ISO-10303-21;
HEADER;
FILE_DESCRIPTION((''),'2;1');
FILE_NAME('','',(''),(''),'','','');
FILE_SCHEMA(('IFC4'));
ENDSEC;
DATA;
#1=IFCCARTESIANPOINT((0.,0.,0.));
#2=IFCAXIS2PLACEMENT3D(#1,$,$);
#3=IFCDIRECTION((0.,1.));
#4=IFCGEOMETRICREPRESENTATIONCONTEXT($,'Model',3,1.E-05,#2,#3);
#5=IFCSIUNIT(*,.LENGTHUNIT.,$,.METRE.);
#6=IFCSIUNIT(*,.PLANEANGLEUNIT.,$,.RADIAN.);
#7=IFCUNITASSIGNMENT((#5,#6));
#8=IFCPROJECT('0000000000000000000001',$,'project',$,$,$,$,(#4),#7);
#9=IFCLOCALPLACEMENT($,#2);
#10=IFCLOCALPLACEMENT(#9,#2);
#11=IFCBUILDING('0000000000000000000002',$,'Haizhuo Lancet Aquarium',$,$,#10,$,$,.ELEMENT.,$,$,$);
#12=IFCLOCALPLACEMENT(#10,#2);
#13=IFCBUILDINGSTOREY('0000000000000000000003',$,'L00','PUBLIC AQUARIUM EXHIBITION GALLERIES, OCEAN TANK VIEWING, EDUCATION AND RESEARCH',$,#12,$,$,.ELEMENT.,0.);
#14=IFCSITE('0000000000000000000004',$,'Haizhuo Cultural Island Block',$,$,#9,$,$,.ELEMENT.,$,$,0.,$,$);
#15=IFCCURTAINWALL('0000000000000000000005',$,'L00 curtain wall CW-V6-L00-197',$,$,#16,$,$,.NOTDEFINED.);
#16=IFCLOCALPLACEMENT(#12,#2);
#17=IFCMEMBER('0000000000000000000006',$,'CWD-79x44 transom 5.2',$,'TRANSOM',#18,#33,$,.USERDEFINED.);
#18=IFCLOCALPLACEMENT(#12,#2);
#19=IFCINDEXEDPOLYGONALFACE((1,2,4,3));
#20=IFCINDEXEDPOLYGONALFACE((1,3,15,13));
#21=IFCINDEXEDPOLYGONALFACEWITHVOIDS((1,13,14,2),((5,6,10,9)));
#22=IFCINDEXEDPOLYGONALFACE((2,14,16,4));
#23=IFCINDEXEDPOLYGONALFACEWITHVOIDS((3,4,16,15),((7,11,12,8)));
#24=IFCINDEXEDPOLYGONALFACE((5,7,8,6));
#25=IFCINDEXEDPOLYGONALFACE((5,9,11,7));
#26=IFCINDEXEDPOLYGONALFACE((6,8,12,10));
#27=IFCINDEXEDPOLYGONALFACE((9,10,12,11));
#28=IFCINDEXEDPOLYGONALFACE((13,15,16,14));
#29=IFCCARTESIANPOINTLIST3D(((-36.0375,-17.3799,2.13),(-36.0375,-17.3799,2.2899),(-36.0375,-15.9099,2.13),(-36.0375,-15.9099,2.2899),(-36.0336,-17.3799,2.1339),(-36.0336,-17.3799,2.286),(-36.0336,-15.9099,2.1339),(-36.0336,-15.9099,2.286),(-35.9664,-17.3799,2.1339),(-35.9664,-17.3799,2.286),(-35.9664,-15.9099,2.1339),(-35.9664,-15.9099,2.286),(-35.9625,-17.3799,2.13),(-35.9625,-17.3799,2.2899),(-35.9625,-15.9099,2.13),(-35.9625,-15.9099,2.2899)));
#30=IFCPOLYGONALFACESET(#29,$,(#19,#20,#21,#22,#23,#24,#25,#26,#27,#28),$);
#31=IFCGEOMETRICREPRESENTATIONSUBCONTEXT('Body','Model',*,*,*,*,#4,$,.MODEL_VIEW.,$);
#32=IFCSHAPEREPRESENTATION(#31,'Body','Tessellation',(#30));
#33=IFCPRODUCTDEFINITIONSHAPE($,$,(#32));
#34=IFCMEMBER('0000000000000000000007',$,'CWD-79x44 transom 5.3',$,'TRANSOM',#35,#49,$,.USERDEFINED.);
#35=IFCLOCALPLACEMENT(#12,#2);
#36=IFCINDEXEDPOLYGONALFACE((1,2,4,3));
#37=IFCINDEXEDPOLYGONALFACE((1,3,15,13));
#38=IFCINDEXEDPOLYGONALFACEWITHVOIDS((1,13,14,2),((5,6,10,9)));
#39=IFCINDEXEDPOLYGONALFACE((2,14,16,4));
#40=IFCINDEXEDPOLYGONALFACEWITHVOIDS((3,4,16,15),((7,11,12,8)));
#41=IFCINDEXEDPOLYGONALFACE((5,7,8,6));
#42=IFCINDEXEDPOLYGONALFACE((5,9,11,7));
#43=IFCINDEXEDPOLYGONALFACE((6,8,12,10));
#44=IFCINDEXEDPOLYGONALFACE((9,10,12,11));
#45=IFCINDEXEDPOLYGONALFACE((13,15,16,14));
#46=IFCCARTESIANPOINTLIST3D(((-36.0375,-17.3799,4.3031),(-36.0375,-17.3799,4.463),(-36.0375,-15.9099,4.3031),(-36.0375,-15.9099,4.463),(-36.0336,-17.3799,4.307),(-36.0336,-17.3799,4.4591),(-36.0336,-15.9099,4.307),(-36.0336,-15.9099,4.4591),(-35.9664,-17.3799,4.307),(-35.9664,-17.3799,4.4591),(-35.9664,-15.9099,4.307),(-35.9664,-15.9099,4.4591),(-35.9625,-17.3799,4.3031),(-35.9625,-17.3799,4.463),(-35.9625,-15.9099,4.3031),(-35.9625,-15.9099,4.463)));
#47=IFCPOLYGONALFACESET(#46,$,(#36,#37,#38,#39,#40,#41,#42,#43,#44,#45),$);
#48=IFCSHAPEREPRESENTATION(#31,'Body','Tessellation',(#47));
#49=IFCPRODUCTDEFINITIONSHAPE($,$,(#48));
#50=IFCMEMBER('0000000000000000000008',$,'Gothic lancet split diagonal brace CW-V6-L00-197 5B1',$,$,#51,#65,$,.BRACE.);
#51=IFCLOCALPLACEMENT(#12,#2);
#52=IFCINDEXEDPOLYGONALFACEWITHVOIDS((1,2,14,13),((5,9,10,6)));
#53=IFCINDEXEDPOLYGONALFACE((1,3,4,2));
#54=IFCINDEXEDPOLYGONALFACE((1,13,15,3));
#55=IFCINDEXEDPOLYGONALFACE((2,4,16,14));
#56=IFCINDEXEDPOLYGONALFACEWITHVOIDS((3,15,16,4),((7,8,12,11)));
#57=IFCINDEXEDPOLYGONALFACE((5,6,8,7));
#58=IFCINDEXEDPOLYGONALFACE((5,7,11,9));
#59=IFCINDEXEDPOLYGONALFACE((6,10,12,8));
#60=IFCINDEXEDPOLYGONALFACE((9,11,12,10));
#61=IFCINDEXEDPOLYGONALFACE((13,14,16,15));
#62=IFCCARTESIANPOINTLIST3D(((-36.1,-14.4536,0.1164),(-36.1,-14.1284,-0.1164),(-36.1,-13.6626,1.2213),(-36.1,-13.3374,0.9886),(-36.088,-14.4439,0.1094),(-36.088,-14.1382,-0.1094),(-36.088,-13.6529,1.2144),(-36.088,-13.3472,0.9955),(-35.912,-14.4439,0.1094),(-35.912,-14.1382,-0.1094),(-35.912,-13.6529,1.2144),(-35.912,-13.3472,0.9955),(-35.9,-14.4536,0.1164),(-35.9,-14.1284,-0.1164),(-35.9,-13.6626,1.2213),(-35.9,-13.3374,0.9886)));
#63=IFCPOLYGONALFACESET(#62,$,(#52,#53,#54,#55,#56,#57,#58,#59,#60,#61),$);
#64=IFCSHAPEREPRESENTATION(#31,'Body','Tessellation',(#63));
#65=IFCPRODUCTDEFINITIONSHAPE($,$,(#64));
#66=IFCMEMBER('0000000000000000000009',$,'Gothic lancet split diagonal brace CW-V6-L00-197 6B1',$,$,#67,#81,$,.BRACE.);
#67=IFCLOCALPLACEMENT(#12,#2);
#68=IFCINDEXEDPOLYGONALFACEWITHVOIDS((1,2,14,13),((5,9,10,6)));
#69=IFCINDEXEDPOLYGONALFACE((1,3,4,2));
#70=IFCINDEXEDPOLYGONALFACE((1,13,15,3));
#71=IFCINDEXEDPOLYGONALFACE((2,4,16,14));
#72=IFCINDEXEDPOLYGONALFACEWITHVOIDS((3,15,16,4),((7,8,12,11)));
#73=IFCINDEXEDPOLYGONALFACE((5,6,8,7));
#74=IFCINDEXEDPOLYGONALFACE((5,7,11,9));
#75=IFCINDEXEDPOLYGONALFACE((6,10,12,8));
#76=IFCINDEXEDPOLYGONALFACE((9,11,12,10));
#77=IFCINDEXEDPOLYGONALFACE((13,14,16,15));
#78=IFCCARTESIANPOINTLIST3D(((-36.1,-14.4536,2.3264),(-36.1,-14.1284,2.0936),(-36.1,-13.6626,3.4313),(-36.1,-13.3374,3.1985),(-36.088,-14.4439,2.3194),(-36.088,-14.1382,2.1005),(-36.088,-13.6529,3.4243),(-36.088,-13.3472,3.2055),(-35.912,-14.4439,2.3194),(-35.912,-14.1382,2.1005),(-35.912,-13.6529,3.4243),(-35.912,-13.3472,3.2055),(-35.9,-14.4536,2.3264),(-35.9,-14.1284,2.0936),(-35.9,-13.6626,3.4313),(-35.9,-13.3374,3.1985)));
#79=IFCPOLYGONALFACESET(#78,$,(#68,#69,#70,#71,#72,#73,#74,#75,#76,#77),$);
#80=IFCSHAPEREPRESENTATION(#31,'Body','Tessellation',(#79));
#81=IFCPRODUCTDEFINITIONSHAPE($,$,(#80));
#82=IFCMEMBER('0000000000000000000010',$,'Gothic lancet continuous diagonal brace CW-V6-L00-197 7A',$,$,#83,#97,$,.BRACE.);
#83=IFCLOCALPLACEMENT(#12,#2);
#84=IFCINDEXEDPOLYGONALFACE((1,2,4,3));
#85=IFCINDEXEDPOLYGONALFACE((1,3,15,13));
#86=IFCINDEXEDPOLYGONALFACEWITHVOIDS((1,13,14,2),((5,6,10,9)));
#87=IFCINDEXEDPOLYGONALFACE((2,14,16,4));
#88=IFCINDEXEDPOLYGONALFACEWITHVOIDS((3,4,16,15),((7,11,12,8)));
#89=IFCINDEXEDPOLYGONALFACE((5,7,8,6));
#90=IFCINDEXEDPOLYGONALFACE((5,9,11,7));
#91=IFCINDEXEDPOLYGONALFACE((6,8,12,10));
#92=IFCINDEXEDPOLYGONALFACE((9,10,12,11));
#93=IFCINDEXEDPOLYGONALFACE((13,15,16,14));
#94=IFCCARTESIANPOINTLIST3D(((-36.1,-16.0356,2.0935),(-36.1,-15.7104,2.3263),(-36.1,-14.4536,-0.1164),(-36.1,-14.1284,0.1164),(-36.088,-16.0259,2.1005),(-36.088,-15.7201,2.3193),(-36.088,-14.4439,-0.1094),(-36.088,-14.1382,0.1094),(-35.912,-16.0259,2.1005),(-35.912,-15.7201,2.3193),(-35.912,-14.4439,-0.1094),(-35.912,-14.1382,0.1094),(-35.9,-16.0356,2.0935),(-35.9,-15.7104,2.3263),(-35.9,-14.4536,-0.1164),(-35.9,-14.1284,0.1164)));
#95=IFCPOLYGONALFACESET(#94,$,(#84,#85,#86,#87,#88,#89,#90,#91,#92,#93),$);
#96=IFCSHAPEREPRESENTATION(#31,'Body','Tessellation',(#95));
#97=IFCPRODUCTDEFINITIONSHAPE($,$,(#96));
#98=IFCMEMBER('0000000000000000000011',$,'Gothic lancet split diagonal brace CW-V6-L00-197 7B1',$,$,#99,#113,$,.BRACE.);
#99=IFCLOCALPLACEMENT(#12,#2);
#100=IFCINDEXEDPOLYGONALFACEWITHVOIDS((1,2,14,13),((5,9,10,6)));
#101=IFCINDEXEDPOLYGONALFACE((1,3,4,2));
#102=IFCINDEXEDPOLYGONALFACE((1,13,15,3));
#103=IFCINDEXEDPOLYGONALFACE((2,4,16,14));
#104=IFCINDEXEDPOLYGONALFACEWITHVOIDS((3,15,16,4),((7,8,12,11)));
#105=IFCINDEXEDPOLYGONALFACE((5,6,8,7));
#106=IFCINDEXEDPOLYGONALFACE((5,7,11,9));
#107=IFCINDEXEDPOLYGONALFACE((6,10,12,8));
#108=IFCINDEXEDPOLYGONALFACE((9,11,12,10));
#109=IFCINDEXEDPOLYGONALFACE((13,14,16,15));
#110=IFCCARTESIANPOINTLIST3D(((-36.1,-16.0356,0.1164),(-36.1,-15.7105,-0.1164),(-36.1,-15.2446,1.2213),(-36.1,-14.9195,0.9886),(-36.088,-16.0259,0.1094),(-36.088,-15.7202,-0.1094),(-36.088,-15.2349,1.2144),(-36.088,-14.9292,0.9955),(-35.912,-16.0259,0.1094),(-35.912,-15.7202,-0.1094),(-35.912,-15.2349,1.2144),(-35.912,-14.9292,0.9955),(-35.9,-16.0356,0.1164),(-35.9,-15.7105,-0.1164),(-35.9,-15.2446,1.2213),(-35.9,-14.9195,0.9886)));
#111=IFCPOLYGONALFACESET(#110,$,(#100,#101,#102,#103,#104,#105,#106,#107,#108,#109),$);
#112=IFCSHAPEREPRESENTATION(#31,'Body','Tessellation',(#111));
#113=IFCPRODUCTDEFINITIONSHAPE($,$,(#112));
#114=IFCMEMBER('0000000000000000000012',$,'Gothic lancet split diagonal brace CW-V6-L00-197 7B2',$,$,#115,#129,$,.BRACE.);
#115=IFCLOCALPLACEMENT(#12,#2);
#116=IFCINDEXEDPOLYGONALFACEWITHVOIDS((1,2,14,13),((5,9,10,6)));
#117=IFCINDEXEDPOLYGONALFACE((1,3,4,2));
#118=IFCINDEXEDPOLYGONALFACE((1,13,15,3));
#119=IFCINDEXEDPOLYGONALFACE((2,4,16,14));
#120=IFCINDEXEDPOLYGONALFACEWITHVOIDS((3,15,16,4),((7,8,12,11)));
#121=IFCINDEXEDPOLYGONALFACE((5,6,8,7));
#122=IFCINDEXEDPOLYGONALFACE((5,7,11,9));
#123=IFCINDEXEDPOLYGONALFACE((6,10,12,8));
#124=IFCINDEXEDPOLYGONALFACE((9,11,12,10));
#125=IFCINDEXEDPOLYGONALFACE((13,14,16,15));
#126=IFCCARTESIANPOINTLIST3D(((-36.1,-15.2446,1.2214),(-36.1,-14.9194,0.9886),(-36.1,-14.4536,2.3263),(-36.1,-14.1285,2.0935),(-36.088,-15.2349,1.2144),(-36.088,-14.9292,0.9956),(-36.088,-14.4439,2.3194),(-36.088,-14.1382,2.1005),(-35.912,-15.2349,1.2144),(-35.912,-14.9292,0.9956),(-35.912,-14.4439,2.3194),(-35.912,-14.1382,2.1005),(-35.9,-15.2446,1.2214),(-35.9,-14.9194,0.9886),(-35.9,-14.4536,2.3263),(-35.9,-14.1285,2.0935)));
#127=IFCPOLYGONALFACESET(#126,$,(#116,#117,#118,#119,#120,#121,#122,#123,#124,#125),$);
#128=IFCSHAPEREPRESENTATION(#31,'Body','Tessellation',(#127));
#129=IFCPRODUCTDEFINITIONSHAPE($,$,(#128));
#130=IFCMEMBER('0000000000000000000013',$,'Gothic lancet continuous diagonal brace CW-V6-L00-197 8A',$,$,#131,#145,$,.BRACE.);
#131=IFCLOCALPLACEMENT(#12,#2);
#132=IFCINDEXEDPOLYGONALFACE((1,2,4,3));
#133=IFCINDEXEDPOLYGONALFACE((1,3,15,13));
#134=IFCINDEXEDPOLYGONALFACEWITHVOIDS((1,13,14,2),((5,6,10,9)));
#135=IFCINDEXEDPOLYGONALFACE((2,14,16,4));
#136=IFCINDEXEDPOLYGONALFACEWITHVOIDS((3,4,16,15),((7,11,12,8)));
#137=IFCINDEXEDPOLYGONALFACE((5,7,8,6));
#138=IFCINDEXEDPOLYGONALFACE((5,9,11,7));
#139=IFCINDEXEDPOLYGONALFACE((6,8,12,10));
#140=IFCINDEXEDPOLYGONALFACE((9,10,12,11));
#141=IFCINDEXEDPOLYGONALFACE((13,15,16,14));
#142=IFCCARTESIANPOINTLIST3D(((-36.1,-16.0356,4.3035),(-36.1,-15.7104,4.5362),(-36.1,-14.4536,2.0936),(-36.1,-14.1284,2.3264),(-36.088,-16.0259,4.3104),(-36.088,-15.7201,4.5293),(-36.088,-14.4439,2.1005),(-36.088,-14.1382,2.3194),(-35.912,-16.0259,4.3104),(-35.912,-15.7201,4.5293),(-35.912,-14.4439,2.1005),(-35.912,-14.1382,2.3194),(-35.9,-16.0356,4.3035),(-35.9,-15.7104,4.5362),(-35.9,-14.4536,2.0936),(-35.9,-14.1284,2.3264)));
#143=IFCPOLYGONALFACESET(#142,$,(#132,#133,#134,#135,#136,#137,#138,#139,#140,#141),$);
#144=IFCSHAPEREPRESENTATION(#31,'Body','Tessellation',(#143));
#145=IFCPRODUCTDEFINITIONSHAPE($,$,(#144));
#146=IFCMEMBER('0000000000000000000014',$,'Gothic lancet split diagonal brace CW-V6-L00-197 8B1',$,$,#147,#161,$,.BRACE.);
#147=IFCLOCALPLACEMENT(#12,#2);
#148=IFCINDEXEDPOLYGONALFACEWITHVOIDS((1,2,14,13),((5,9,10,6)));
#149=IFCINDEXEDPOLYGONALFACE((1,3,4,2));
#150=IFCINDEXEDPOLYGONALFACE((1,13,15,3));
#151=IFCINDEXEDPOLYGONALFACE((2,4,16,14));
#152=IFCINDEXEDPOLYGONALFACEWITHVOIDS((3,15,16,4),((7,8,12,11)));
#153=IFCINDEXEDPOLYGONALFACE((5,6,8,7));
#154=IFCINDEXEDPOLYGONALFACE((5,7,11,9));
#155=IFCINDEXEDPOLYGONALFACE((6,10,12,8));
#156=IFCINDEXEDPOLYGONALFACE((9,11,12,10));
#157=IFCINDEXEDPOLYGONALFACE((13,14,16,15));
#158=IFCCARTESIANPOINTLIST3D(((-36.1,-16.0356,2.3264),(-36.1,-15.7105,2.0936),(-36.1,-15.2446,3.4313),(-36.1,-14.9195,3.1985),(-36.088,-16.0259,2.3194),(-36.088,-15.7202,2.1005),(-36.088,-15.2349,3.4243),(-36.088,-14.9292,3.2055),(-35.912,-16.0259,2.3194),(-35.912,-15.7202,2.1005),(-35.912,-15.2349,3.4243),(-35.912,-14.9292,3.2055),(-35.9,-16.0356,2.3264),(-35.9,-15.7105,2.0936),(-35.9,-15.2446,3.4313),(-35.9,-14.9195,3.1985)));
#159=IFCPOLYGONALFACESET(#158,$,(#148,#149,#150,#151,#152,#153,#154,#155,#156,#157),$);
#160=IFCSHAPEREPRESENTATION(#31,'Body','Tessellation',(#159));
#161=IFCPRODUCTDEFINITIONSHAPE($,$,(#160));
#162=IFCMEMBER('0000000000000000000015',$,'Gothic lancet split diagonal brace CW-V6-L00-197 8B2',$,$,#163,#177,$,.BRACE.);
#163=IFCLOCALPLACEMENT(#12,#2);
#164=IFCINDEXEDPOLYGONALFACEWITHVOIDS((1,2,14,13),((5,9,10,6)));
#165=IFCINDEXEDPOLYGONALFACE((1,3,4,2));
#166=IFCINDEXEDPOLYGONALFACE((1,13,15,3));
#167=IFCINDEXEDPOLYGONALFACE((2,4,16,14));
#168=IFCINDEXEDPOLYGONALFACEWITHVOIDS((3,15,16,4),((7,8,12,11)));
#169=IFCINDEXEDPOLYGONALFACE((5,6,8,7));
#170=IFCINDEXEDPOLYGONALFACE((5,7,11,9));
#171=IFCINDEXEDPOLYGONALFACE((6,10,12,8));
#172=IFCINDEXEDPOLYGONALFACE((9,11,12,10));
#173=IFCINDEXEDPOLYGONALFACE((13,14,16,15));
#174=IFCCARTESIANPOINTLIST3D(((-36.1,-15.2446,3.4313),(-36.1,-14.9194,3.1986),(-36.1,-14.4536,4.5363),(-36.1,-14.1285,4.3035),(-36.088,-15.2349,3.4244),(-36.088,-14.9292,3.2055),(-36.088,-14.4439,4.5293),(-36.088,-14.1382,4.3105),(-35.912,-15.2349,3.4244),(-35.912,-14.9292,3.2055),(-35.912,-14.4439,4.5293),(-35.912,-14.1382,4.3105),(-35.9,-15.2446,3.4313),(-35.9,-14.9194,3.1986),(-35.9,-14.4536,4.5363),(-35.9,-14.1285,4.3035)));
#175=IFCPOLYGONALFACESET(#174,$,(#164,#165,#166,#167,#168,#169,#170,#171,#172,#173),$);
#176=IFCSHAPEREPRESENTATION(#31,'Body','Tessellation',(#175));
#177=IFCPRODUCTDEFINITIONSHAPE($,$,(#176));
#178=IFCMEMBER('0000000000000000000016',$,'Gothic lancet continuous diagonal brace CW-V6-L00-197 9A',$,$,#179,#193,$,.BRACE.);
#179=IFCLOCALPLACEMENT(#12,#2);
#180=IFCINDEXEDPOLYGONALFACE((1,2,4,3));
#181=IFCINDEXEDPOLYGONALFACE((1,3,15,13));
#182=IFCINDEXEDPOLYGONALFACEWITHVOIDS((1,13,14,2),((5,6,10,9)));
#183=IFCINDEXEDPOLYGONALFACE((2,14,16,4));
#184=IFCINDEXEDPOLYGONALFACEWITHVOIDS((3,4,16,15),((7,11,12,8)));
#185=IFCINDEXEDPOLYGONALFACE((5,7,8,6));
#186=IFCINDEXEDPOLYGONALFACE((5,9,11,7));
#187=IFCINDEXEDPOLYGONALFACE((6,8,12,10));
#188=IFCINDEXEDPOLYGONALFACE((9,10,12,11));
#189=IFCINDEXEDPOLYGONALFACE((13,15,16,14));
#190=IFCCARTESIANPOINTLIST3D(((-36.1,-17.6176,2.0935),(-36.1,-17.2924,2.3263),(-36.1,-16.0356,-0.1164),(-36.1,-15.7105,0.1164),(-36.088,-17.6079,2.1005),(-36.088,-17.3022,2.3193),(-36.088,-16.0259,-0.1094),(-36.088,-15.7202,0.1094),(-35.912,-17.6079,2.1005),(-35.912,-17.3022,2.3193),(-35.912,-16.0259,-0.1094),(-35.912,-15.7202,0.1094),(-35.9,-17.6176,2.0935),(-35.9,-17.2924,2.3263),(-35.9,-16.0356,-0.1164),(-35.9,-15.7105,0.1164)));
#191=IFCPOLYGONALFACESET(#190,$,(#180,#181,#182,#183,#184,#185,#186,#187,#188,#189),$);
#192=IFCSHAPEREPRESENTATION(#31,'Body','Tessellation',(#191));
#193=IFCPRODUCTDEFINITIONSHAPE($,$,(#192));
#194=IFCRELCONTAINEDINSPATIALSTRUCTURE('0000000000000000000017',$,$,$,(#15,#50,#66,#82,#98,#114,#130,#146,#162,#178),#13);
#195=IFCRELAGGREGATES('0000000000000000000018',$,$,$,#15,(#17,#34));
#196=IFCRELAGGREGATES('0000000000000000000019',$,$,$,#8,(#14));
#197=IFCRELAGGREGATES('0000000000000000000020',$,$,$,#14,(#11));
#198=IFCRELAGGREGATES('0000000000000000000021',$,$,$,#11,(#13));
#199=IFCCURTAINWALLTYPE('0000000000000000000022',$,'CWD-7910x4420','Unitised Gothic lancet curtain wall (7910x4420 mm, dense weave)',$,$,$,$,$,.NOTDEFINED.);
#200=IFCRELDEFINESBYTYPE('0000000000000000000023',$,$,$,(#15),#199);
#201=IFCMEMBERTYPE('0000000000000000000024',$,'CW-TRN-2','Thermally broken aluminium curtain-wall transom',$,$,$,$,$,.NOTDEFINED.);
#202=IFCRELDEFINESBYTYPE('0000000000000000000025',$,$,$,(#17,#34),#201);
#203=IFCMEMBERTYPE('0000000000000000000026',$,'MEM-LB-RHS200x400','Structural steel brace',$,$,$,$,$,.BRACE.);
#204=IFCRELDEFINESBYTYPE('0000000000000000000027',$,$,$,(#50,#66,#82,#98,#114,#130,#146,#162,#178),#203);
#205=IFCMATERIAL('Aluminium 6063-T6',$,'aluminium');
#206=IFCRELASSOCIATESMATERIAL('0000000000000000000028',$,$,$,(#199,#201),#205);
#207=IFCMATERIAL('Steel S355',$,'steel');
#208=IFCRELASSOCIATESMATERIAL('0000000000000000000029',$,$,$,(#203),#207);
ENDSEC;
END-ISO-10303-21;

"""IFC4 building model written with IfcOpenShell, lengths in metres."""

from ifc_helpers import new_model, si_unit, direction, frame, origin, origin_2d, place, context, subcontext, project, spatial, hollow_rectangle, extrude, material, material_profile, profile_set, type_object, element, aggregate, save


model = new_model("IFC4")

# Units and contexts
model_context = context("Model", 3, precision=1e-05, world=origin(), true_north=direction((0.0, 1.0)))
body_context = subcontext(model_context, "Body", "Model", "MODEL_VIEW")
ifc_project = project(units=[si_unit("LENGTHUNIT", "METRE"), si_unit("PLANEANGLEUNIT", "RADIAN")], contexts=[model_context])

# Site, building, storey
site_placement = place(None, origin())
site = spatial("IfcSite", under=ifc_project, at=site_placement, Name="Haizhuo Cultural Island Block", CompositionType="ELEMENT", RefElevation=0.0)
building_placement = place(site_placement, origin())
building = spatial("IfcBuilding", under=site, at=building_placement, Name="Haizhuo Lancet Aquarium", CompositionType="ELEMENT")
storey_placement = place(building_placement, origin())
storey = spatial("IfcBuildingStorey", under=building, at=storey_placement, Name="L00", Description="PUBLIC AQUARIUM EXHIBITION GALLERIES, OCEAN TANK VIEWING, EDUCATION AND RESEARCH", CompositionType="ELEMENT", Elevation=0.0)

# Shared definitions
ifc_material_1 = material(Name="Steel S355", Category="steel")

# Curtain wall, members
ifc_material_2 = material(Name="Aluminium 6063-T6", Category="aluminium")
curtain_wall_type = type_object("IfcCurtainWallType", Name="CWD-7910x4420", Description="Unitised Gothic lancet curtain wall (7910x4420 mm, dense weave)", PredefinedType="NOTDEFINED", material=ifc_material_2)
curtain_wall_placement = place(storey_placement, origin())
curtain_wall = element("IfcCurtainWall", 1, at=curtain_wall_placement, inside=storey, type_object=curtain_wall_type, Name="L00 curtain wall CW-V6-L00-197", PredefinedType="NOTDEFINED")
ifc_material_profile_1 = material_profile(ifc_material_2, hollow_rectangle(XDim=0.075, YDim=0.1599, WallThickness=0.0039, at=origin_2d()), Name="ALU-T 75x160x4")
ifc_profile_set_1 = profile_set([ifc_material_profile_1], Name="Aluminium 6063-T6")
member_type_1 = type_object("IfcMemberType", Name="CW-TRN-2", Description="Thermally broken aluminium curtain-wall transom", PredefinedType="NOTDEFINED", material=ifc_profile_set_1)
member_1_placement = place(storey_placement, frame((-36.0, -15.9099, 2.21), z_axis=(0.0, -1.0, 0.0), x_axis=(1.0, 0.0, 0.0)))
member_1 = element("IfcMember", 2, at=member_1_placement, type_object=member_type_1, Name="CWD-79x44 transom 5.2", ObjectType="TRANSOM", PredefinedType="USERDEFINED", context=body_context, shape_type="SweptSolid", body=[
    extrude(hollow_rectangle(XDim=0.075, YDim=0.1599, WallThickness=0.0039, at=origin_2d()), origin(), (0.0, 0.0, 1.0), 1.47),
])
member_2_placement = place(storey_placement, frame((-36.0, -15.9099, 4.3831), z_axis=(0.0, -1.0, 0.0), x_axis=(1.0, 0.0, 0.0)))
member_2 = element("IfcMember", 3, at=member_2_placement, type_object=member_type_1, Name="CWD-79x44 transom 5.3", ObjectType="TRANSOM", PredefinedType="USERDEFINED", context=body_context, shape_type="SweptSolid", body=[
    extrude(hollow_rectangle(XDim=0.075, YDim=0.1599, WallThickness=0.0039, at=origin_2d()), origin(), (0.0, 0.0, 1.0), 1.47),
])

# Members
ifc_material_profile_2 = material_profile(ifc_material_1, hollow_rectangle(XDim=0.2, YDim=0.3999, WallThickness=0.012, at=origin_2d()), Name="RHS 200x400x12")
ifc_profile_set_2 = profile_set([ifc_material_profile_2], Name="Steel S355")
member_type_2 = type_object("IfcMemberType", Name="MEM-LB-RHS200x400", Description="Structural steel brace", PredefinedType="BRACE", material=ifc_profile_set_2)
for number, where, z_axis, x_axis, name in (
    (4, (-36.0, -14.291, 0.0), (0.0, 0.582088, 0.813126), (-1.0, 0.0, 0.0), "Gothic lancet split diagonal brace CW-V6-L00-197 5B1"),
    (5, (-36.0, -14.291, 2.21), (0.0, 0.582088, 0.813126), (-1.0, 0.0, 0.0), "Gothic lancet split diagonal brace CW-V6-L00-197 6B1"),
):
    element("IfcMember", number, at=place(storey_placement, frame(where, z_axis=z_axis, x_axis=x_axis)), inside=storey, type_object=member_type_2, Name=name, PredefinedType="BRACE", context=body_context, shape_type="SweptSolid", body=[
        extrude(hollow_rectangle(XDim=0.2, YDim=0.3999, WallThickness=0.012, at=origin_2d()), origin(), (0.0, 0.0, 1.0), 1.3589),
    ])
member_3_placement = place(storey_placement, frame((-36.0, -14.291, 0.0), z_axis=(0.0, -0.582088, 0.813126), x_axis=(1.0, 0.0, 0.0)))
element("IfcMember", 6, at=member_3_placement, inside=storey, type_object=member_type_2, Name="Gothic lancet continuous diagonal brace CW-V6-L00-197 7A", PredefinedType="BRACE", context=body_context, shape_type="SweptSolid", body=[
    extrude(hollow_rectangle(XDim=0.2, YDim=0.3999, WallThickness=0.012, at=origin_2d()), origin(), (0.0, 0.0, 1.0), 2.7178),
])
for number, where, z_axis, x_axis, name in (
    (7, (-36.0, -15.873, 0.0), (0.0, 0.582088, 0.813126), (-1.0, 0.0, 0.0), "Gothic lancet split diagonal brace CW-V6-L00-197 7B1"),
    (8, (-36.0, -15.082, 1.105), (0.0, 0.582088, 0.813126), (-1.0, 0.0, 0.0), "Gothic lancet split diagonal brace CW-V6-L00-197 7B2"),
):
    element("IfcMember", number, at=place(storey_placement, frame(where, z_axis=z_axis, x_axis=x_axis)), inside=storey, type_object=member_type_2, Name=name, PredefinedType="BRACE", context=body_context, shape_type="SweptSolid", body=[
        extrude(hollow_rectangle(XDim=0.2, YDim=0.3999, WallThickness=0.012, at=origin_2d()), origin(), (0.0, 0.0, 1.0), 1.3589),
    ])
member_4_placement = place(storey_placement, frame((-36.0, -14.291, 2.21), z_axis=(0.0, -0.582088, 0.813126), x_axis=(1.0, 0.0, 0.0)))
element("IfcMember", 9, at=member_4_placement, inside=storey, type_object=member_type_2, Name="Gothic lancet continuous diagonal brace CW-V6-L00-197 8A", PredefinedType="BRACE", context=body_context, shape_type="SweptSolid", body=[
    extrude(hollow_rectangle(XDim=0.2, YDim=0.3999, WallThickness=0.012, at=origin_2d()), origin(), (0.0, 0.0, 1.0), 2.7178),
])
for number, where, z_axis, x_axis, name in (
    (10, (-36.0, -15.873, 2.21), (0.0, 0.582088, 0.813126), (-1.0, 0.0, 0.0), "Gothic lancet split diagonal brace CW-V6-L00-197 8B1"),
    (11, (-36.0, -15.082, 3.3149), (0.0, 0.582088, 0.813126), (-1.0, 0.0, 0.0), "Gothic lancet split diagonal brace CW-V6-L00-197 8B2"),
):
    element("IfcMember", number, at=place(storey_placement, frame(where, z_axis=z_axis, x_axis=x_axis)), inside=storey, type_object=member_type_2, Name=name, PredefinedType="BRACE", context=body_context, shape_type="SweptSolid", body=[
        extrude(hollow_rectangle(XDim=0.2, YDim=0.3999, WallThickness=0.012, at=origin_2d()), origin(), (0.0, 0.0, 1.0), 1.3589),
    ])
member_5_placement = place(storey_placement, frame((-36.0, -15.873, 0.0), z_axis=(0.0, -0.582088, 0.813126), x_axis=(1.0, 0.0, 0.0)))
element("IfcMember", 12, at=member_5_placement, inside=storey, type_object=member_type_2, Name="Gothic lancet continuous diagonal brace CW-V6-L00-197 9A", PredefinedType="BRACE", context=body_context, shape_type="SweptSolid", body=[
    extrude(hollow_rectangle(XDim=0.2, YDim=0.3999, WallThickness=0.012, at=origin_2d()), origin(), (0.0, 0.0, 1.0), 2.7178),
])

aggregate(curtain_wall, [member_1, member_2])

save(model, "model.ifc")
